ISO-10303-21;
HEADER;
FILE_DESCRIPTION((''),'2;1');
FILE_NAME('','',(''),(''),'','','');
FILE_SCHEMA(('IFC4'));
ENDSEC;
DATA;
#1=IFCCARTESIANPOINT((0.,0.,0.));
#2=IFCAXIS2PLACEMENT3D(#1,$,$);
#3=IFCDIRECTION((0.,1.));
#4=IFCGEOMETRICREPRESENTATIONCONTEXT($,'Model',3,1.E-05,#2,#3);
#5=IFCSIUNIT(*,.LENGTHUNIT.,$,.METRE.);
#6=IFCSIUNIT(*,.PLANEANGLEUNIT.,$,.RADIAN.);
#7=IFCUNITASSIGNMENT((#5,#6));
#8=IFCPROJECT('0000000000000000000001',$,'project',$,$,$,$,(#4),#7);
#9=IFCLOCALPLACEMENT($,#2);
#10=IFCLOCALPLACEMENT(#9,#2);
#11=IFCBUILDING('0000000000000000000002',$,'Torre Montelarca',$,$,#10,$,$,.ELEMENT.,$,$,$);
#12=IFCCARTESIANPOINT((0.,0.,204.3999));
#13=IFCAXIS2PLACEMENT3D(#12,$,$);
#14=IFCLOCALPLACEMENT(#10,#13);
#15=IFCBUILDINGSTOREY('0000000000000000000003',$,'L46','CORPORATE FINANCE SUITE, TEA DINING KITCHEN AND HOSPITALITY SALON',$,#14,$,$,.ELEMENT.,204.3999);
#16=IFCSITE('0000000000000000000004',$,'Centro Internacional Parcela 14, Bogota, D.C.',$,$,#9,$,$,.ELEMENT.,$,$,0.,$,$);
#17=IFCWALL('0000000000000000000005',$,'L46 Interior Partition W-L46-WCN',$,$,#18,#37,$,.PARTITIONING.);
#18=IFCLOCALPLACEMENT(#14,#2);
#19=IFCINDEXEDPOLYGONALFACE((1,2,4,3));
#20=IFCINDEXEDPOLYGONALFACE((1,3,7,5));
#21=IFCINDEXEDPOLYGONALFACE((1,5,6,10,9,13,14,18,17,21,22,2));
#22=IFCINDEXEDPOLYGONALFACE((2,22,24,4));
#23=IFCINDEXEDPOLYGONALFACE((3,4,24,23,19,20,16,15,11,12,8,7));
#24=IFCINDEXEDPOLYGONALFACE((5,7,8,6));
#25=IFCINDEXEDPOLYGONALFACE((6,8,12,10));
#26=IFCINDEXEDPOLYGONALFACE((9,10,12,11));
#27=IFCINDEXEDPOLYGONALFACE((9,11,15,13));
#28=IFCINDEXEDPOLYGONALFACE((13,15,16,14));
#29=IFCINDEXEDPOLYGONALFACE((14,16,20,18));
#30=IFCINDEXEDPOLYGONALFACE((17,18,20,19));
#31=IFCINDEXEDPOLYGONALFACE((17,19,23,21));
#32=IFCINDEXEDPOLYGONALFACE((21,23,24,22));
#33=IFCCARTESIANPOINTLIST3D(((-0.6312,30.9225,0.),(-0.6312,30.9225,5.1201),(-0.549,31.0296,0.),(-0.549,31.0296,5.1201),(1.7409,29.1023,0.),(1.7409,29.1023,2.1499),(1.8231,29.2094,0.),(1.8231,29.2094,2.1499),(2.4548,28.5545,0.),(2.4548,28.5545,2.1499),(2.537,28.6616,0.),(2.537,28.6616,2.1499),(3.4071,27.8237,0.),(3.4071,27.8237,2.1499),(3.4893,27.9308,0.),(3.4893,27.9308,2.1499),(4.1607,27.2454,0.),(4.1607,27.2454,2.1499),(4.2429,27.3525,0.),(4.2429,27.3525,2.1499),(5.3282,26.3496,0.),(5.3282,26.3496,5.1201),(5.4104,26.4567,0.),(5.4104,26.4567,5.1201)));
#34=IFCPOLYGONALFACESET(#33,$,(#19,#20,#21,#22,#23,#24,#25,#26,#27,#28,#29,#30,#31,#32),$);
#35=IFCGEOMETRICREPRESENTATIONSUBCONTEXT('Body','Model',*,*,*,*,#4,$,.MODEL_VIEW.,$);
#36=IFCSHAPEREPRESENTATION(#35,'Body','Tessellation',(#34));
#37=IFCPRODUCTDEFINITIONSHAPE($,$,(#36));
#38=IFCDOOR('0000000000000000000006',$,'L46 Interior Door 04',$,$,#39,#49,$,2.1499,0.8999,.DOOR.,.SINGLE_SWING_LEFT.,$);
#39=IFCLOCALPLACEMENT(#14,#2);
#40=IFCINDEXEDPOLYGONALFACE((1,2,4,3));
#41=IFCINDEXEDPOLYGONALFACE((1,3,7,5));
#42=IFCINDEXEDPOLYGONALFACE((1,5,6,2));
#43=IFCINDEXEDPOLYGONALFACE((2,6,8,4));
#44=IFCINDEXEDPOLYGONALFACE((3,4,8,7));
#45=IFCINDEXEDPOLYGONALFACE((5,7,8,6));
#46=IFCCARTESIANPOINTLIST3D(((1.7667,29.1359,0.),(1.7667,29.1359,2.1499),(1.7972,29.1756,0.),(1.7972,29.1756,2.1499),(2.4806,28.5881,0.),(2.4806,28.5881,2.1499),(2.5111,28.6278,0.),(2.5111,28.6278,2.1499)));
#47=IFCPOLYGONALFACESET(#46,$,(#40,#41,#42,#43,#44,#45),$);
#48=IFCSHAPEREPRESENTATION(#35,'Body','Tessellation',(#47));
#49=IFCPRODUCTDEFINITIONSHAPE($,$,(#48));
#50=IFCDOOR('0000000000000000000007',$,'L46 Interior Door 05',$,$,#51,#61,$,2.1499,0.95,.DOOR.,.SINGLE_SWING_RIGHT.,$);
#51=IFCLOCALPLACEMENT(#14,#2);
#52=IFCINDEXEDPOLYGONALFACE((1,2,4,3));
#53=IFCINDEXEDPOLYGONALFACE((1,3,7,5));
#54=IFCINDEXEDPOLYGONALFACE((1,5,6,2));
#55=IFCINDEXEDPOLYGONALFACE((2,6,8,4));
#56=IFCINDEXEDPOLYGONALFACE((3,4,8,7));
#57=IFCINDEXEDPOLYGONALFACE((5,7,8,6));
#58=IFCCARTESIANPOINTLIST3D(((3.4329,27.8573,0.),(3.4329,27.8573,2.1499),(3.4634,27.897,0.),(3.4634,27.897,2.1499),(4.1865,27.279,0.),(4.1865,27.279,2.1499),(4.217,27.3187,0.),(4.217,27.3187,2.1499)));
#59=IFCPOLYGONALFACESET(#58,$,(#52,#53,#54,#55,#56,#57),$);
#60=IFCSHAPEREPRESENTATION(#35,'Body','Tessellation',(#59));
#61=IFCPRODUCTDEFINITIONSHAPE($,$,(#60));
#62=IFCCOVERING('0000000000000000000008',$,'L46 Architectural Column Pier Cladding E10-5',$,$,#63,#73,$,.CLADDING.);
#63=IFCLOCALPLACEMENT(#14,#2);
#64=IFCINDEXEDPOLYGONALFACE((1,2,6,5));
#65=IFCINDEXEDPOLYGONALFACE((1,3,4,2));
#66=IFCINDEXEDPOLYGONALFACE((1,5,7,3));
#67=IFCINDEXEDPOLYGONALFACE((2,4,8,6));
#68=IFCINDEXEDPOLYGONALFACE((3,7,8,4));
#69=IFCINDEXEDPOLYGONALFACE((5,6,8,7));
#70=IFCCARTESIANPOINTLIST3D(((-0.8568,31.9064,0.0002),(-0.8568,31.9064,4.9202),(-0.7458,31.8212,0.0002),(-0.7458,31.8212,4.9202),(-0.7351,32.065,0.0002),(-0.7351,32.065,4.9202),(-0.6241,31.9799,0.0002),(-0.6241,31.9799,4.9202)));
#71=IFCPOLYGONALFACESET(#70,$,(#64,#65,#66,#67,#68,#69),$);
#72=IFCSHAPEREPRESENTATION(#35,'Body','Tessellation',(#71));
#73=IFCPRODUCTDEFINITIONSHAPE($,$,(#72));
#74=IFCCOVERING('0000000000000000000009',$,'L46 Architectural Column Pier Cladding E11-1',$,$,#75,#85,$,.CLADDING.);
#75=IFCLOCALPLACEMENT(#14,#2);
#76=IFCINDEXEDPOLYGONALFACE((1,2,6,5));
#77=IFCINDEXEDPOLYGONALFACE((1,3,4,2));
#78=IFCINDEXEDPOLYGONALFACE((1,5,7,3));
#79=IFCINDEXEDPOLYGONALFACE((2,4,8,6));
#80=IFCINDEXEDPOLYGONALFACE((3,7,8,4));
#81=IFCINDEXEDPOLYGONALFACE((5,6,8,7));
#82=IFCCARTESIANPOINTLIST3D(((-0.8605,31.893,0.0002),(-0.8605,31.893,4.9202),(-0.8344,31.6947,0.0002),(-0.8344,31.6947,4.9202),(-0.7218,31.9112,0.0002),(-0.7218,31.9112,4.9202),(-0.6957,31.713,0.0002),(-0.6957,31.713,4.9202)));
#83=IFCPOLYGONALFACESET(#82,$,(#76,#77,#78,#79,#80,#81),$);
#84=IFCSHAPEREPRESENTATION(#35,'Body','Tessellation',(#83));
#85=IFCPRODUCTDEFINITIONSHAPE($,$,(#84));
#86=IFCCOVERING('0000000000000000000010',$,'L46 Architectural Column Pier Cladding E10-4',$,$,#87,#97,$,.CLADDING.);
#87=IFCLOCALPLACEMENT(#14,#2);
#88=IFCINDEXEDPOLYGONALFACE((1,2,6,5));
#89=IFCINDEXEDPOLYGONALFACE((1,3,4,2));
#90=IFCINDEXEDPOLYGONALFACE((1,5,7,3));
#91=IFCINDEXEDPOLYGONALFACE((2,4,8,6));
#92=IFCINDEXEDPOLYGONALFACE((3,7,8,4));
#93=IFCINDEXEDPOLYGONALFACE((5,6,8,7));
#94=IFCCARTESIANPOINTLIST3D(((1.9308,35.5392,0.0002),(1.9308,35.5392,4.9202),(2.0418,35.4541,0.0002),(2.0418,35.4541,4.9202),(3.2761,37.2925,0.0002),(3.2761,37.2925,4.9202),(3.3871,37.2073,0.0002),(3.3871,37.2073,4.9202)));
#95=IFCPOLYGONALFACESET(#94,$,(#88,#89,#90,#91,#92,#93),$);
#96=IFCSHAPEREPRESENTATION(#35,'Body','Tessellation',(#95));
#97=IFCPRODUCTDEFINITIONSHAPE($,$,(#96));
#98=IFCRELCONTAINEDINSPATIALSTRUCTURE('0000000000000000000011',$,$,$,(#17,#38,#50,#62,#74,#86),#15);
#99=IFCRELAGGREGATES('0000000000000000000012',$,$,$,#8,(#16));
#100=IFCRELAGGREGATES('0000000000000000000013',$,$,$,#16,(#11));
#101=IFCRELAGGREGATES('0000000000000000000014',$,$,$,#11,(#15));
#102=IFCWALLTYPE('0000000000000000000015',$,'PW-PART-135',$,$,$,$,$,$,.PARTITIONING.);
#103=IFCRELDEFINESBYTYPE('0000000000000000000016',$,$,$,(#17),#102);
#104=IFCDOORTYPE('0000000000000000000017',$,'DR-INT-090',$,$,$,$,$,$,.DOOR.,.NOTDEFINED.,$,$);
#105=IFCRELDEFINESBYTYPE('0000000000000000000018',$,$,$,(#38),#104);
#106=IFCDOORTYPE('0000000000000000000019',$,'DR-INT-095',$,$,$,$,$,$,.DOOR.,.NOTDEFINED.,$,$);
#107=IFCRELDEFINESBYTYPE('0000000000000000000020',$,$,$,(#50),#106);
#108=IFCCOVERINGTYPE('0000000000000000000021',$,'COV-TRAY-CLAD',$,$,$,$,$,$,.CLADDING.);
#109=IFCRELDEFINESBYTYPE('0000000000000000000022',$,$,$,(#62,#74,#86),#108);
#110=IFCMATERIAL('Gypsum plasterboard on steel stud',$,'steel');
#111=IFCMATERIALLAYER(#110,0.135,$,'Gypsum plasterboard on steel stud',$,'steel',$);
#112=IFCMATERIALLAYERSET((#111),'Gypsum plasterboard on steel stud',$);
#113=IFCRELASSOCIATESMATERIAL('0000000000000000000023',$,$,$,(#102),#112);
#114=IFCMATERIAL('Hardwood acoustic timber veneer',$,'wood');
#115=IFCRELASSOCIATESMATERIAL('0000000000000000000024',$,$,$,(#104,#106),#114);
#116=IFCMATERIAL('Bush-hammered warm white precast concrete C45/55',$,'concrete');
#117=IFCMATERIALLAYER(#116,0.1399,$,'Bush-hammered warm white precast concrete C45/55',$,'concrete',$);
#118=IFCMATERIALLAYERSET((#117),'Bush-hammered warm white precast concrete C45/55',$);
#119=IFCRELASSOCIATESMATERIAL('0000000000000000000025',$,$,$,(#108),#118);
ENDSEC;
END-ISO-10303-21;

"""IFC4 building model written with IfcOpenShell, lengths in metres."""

from ifc_helpers import new_model, si_unit, direction, frame, frame_2d, origin, origin_2d, place, context, subcontext, project, spatial, rectangle, extrude, source, transform, mapped, material, layer, layer_set, type_object, element, fill, save


model = new_model("IFC4")

# Units and contexts
model_context = context("Model", 3, precision=1e-05, world=origin(), true_north=direction((0.0, 1.0)))
body_context = subcontext(model_context, "Body", "Model", "MODEL_VIEW")
ifc_project = project(units=[si_unit("LENGTHUNIT", "METRE"), si_unit("PLANEANGLEUNIT", "RADIAN")], contexts=[model_context])

# Site, building, storey
site_placement = place(None, origin())
site = spatial("IfcSite", under=ifc_project, at=site_placement, Name="Centro Internacional Parcela 14, Bogota, D.C.", CompositionType="ELEMENT", RefElevation=0.0)
building_placement = place(site_placement, origin())
building = spatial("IfcBuilding", under=site, at=building_placement, Name="Torre Montelarca", CompositionType="ELEMENT")
storey_placement = place(building_placement, frame((0.0, 0.0, 204.3999)))
storey = spatial("IfcBuildingStorey", under=building, at=storey_placement, Name="L46", Description="CORPORATE FINANCE SUITE, TEA DINING KITCHEN AND HOSPITALITY SALON", CompositionType="ELEMENT", Elevation=204.3999)

# Wall, openings, doors
ifc_material_1 = material(Name="Gypsum plasterboard on steel stud", Category="steel")
ifc_layer_1 = layer(ifc_material_1, 0.135, Name="Gypsum plasterboard on steel stud", Category="steel")
ifc_layer_set_1 = layer_set([ifc_layer_1], Name="Gypsum plasterboard on steel stud")
wall_type = type_object("IfcWallType", Name="PW-PART-135", PredefinedType="PARTITIONING", material=ifc_layer_set_1)
wall_placement = place(storey_placement, frame((-0.5901, 30.9761, 0.0), z_axis=(0.0, 0.0, 1.0), x_axis=(0.793345, -0.608773, 0.0)))
wall = element("IfcWall", 1, at=wall_placement, inside=storey, type_object=wall_type, Name="L46 Interior Partition W-L46-WCN", PredefinedType="PARTITIONING", context=body_context, shape_type="SweptSolid", body=[
    extrude(rectangle(XDim=7.5117, YDim=0.135, at=frame_2d((3.7559, 0.0))), origin(), (0.0, 0.0, 1.0), 5.1201),
])
opening_1_placement = place(wall_placement, frame((2.99, 0.0, 0.0)))
opening_1 = element("IfcOpeningElement", 2, at=opening_1_placement, cuts=wall, PredefinedType="OPENING", context=body_context, shape_type="SweptSolid", body=[
    extrude(rectangle(XDim=0.8999, YDim=2.1499, at=frame_2d((0.45, 1.075))), frame((0.0, 0.0776, 0.0), z_axis=(0.0, -1.0, 0.0), x_axis=(1.0, 0.0, 0.0)), (0.0, 0.0, 1.0), 0.155),
])
opening_2_placement = place(wall_placement, frame((5.0901, 0.0, 0.0)))
opening_2 = element("IfcOpeningElement", 3, at=opening_2_placement, cuts=wall, PredefinedType="OPENING", context=body_context, shape_type="SweptSolid", body=[
    extrude(rectangle(XDim=0.95, YDim=2.1499, at=frame_2d((0.4751, 1.075))), frame((0.0, 0.0776, 0.0), z_axis=(0.0, -1.0, 0.0), x_axis=(1.0, 0.0, 0.0)), (0.0, 0.0, 1.0), 0.155),
])
ifc_material_2 = material(Name="Hardwood acoustic timber veneer", Category="wood")
door_type_1 = type_object("IfcDoorType", Name="DR-INT-090", OperationType="NOTDEFINED", PredefinedType="DOOR", material=ifc_material_2)
shared_shape_1 = source(origin(), body_context, "Body", "SweptSolid", [
    extrude(rectangle(XDim=0.8999, YDim=2.1499, at=frame_2d((0.45, 1.075))), frame((0.0, 0.0249, 0.0), z_axis=(0.0, -1.0, 0.0), x_axis=(1.0, 0.0, 0.0)), (0.0, 0.0, 1.0), 0.05),
])
door_1_placement = place(opening_1_placement, origin())
door_1 = element("IfcDoor", 4, at=door_1_placement, inside=storey, type_object=door_type_1, Name="L46 Interior Door 04", OperationType="SINGLE_SWING_LEFT", OverallHeight=2.1499, OverallWidth=0.8999, PredefinedType="DOOR", context=body_context, shape_type="MappedRepresentation", body=[
    mapped(shared_shape_1, transform((0.0, 0.0, 0.0), scale=1.0)),
])
fill(opening_1, door_1)
door_type_2 = type_object("IfcDoorType", Name="DR-INT-095", OperationType="NOTDEFINED", PredefinedType="DOOR", material=ifc_material_2)
shared_shape_2 = source(origin(), body_context, "Body", "SweptSolid", [
    extrude(rectangle(XDim=0.95, YDim=2.1499, at=frame_2d((0.4751, 1.075))), frame((0.0, 0.0249, 0.0), z_axis=(0.0, -1.0, 0.0), x_axis=(1.0, 0.0, 0.0)), (0.0, 0.0, 1.0), 0.05),
])
door_2_placement = place(opening_2_placement, origin())
door_2 = element("IfcDoor", 5, at=door_2_placement, inside=storey, type_object=door_type_2, Name="L46 Interior Door 05", OperationType="SINGLE_SWING_RIGHT", OverallHeight=2.1499, OverallWidth=0.95, PredefinedType="DOOR", context=body_context, shape_type="MappedRepresentation", body=[
    mapped(shared_shape_2, transform((0.0, 0.0, 0.0), scale=1.0)),
])
fill(opening_2, door_2)

# Coverings
ifc_material_3 = material(Name="Bush-hammered warm white precast concrete C45/55", Category="concrete")
ifc_layer_2 = layer(ifc_material_3, 0.1399, Name="Bush-hammered warm white precast concrete C45/55", Category="concrete")
ifc_layer_set_2 = layer_set([ifc_layer_2], Name="Bush-hammered warm white precast concrete C45/55")
covering_type = type_object("IfcCoveringType", Name="COV-TRAY-CLAD", PredefinedType="CLADDING", material=ifc_layer_set_2)
shared_shape_3 = source(origin(), body_context, "Body", "SweptSolid", [
    extrude(rectangle(XDim=0.2, YDim=0.1399, at=origin_2d()), origin(), (0.0, 0.0, 1.0), 4.9199),
])
for number, where, z_axis, x_axis, name in (
    (6, (-0.7405, 31.9431, 0.0002), (0.0, 0.0, 1.0), (-0.608764, -0.793351, 0.0), "L46 Architectural Column Pier Cladding E10-5"),
    (7, (-0.7781, 31.803, 0.0002), (0.0, 0.0, 1.0), (0.130531, -0.991444, 0.0), "L46 Architectural Column Pier Cladding E11-1"),
):
    element("IfcCovering", number, at=place(storey_placement, frame(where, z_axis=z_axis, x_axis=x_axis)), inside=storey, type_object=covering_type, Name=name, PredefinedType="CLADDING", context=body_context, shape_type="MappedRepresentation", body=[
        mapped(shared_shape_3, transform((0.0, 0.0, 0.0), scale=1.0)),
    ])
shared_shape_4 = source(origin(), body_context, "Body", "SweptSolid", [
    extrude(rectangle(XDim=2.21, YDim=0.1399, at=origin_2d()), origin(), (0.0, 0.0, 1.0), 4.9199),
])
covering_placement = place(storey_placement, frame((2.6589, 36.3733, 0.0002), z_axis=(0.0, 0.0, 1.0), x_axis=(-0.608764, -0.793351, 0.0)))
element("IfcCovering", 8, at=covering_placement, inside=storey, type_object=covering_type, Name="L46 Architectural Column Pier Cladding E10-4", PredefinedType="CLADDING", context=body_context, shape_type="MappedRepresentation", body=[
    mapped(shared_shape_4, transform((0.0, 0.0, 0.0), scale=1.0)),
])

save(model, "model.ifc")
